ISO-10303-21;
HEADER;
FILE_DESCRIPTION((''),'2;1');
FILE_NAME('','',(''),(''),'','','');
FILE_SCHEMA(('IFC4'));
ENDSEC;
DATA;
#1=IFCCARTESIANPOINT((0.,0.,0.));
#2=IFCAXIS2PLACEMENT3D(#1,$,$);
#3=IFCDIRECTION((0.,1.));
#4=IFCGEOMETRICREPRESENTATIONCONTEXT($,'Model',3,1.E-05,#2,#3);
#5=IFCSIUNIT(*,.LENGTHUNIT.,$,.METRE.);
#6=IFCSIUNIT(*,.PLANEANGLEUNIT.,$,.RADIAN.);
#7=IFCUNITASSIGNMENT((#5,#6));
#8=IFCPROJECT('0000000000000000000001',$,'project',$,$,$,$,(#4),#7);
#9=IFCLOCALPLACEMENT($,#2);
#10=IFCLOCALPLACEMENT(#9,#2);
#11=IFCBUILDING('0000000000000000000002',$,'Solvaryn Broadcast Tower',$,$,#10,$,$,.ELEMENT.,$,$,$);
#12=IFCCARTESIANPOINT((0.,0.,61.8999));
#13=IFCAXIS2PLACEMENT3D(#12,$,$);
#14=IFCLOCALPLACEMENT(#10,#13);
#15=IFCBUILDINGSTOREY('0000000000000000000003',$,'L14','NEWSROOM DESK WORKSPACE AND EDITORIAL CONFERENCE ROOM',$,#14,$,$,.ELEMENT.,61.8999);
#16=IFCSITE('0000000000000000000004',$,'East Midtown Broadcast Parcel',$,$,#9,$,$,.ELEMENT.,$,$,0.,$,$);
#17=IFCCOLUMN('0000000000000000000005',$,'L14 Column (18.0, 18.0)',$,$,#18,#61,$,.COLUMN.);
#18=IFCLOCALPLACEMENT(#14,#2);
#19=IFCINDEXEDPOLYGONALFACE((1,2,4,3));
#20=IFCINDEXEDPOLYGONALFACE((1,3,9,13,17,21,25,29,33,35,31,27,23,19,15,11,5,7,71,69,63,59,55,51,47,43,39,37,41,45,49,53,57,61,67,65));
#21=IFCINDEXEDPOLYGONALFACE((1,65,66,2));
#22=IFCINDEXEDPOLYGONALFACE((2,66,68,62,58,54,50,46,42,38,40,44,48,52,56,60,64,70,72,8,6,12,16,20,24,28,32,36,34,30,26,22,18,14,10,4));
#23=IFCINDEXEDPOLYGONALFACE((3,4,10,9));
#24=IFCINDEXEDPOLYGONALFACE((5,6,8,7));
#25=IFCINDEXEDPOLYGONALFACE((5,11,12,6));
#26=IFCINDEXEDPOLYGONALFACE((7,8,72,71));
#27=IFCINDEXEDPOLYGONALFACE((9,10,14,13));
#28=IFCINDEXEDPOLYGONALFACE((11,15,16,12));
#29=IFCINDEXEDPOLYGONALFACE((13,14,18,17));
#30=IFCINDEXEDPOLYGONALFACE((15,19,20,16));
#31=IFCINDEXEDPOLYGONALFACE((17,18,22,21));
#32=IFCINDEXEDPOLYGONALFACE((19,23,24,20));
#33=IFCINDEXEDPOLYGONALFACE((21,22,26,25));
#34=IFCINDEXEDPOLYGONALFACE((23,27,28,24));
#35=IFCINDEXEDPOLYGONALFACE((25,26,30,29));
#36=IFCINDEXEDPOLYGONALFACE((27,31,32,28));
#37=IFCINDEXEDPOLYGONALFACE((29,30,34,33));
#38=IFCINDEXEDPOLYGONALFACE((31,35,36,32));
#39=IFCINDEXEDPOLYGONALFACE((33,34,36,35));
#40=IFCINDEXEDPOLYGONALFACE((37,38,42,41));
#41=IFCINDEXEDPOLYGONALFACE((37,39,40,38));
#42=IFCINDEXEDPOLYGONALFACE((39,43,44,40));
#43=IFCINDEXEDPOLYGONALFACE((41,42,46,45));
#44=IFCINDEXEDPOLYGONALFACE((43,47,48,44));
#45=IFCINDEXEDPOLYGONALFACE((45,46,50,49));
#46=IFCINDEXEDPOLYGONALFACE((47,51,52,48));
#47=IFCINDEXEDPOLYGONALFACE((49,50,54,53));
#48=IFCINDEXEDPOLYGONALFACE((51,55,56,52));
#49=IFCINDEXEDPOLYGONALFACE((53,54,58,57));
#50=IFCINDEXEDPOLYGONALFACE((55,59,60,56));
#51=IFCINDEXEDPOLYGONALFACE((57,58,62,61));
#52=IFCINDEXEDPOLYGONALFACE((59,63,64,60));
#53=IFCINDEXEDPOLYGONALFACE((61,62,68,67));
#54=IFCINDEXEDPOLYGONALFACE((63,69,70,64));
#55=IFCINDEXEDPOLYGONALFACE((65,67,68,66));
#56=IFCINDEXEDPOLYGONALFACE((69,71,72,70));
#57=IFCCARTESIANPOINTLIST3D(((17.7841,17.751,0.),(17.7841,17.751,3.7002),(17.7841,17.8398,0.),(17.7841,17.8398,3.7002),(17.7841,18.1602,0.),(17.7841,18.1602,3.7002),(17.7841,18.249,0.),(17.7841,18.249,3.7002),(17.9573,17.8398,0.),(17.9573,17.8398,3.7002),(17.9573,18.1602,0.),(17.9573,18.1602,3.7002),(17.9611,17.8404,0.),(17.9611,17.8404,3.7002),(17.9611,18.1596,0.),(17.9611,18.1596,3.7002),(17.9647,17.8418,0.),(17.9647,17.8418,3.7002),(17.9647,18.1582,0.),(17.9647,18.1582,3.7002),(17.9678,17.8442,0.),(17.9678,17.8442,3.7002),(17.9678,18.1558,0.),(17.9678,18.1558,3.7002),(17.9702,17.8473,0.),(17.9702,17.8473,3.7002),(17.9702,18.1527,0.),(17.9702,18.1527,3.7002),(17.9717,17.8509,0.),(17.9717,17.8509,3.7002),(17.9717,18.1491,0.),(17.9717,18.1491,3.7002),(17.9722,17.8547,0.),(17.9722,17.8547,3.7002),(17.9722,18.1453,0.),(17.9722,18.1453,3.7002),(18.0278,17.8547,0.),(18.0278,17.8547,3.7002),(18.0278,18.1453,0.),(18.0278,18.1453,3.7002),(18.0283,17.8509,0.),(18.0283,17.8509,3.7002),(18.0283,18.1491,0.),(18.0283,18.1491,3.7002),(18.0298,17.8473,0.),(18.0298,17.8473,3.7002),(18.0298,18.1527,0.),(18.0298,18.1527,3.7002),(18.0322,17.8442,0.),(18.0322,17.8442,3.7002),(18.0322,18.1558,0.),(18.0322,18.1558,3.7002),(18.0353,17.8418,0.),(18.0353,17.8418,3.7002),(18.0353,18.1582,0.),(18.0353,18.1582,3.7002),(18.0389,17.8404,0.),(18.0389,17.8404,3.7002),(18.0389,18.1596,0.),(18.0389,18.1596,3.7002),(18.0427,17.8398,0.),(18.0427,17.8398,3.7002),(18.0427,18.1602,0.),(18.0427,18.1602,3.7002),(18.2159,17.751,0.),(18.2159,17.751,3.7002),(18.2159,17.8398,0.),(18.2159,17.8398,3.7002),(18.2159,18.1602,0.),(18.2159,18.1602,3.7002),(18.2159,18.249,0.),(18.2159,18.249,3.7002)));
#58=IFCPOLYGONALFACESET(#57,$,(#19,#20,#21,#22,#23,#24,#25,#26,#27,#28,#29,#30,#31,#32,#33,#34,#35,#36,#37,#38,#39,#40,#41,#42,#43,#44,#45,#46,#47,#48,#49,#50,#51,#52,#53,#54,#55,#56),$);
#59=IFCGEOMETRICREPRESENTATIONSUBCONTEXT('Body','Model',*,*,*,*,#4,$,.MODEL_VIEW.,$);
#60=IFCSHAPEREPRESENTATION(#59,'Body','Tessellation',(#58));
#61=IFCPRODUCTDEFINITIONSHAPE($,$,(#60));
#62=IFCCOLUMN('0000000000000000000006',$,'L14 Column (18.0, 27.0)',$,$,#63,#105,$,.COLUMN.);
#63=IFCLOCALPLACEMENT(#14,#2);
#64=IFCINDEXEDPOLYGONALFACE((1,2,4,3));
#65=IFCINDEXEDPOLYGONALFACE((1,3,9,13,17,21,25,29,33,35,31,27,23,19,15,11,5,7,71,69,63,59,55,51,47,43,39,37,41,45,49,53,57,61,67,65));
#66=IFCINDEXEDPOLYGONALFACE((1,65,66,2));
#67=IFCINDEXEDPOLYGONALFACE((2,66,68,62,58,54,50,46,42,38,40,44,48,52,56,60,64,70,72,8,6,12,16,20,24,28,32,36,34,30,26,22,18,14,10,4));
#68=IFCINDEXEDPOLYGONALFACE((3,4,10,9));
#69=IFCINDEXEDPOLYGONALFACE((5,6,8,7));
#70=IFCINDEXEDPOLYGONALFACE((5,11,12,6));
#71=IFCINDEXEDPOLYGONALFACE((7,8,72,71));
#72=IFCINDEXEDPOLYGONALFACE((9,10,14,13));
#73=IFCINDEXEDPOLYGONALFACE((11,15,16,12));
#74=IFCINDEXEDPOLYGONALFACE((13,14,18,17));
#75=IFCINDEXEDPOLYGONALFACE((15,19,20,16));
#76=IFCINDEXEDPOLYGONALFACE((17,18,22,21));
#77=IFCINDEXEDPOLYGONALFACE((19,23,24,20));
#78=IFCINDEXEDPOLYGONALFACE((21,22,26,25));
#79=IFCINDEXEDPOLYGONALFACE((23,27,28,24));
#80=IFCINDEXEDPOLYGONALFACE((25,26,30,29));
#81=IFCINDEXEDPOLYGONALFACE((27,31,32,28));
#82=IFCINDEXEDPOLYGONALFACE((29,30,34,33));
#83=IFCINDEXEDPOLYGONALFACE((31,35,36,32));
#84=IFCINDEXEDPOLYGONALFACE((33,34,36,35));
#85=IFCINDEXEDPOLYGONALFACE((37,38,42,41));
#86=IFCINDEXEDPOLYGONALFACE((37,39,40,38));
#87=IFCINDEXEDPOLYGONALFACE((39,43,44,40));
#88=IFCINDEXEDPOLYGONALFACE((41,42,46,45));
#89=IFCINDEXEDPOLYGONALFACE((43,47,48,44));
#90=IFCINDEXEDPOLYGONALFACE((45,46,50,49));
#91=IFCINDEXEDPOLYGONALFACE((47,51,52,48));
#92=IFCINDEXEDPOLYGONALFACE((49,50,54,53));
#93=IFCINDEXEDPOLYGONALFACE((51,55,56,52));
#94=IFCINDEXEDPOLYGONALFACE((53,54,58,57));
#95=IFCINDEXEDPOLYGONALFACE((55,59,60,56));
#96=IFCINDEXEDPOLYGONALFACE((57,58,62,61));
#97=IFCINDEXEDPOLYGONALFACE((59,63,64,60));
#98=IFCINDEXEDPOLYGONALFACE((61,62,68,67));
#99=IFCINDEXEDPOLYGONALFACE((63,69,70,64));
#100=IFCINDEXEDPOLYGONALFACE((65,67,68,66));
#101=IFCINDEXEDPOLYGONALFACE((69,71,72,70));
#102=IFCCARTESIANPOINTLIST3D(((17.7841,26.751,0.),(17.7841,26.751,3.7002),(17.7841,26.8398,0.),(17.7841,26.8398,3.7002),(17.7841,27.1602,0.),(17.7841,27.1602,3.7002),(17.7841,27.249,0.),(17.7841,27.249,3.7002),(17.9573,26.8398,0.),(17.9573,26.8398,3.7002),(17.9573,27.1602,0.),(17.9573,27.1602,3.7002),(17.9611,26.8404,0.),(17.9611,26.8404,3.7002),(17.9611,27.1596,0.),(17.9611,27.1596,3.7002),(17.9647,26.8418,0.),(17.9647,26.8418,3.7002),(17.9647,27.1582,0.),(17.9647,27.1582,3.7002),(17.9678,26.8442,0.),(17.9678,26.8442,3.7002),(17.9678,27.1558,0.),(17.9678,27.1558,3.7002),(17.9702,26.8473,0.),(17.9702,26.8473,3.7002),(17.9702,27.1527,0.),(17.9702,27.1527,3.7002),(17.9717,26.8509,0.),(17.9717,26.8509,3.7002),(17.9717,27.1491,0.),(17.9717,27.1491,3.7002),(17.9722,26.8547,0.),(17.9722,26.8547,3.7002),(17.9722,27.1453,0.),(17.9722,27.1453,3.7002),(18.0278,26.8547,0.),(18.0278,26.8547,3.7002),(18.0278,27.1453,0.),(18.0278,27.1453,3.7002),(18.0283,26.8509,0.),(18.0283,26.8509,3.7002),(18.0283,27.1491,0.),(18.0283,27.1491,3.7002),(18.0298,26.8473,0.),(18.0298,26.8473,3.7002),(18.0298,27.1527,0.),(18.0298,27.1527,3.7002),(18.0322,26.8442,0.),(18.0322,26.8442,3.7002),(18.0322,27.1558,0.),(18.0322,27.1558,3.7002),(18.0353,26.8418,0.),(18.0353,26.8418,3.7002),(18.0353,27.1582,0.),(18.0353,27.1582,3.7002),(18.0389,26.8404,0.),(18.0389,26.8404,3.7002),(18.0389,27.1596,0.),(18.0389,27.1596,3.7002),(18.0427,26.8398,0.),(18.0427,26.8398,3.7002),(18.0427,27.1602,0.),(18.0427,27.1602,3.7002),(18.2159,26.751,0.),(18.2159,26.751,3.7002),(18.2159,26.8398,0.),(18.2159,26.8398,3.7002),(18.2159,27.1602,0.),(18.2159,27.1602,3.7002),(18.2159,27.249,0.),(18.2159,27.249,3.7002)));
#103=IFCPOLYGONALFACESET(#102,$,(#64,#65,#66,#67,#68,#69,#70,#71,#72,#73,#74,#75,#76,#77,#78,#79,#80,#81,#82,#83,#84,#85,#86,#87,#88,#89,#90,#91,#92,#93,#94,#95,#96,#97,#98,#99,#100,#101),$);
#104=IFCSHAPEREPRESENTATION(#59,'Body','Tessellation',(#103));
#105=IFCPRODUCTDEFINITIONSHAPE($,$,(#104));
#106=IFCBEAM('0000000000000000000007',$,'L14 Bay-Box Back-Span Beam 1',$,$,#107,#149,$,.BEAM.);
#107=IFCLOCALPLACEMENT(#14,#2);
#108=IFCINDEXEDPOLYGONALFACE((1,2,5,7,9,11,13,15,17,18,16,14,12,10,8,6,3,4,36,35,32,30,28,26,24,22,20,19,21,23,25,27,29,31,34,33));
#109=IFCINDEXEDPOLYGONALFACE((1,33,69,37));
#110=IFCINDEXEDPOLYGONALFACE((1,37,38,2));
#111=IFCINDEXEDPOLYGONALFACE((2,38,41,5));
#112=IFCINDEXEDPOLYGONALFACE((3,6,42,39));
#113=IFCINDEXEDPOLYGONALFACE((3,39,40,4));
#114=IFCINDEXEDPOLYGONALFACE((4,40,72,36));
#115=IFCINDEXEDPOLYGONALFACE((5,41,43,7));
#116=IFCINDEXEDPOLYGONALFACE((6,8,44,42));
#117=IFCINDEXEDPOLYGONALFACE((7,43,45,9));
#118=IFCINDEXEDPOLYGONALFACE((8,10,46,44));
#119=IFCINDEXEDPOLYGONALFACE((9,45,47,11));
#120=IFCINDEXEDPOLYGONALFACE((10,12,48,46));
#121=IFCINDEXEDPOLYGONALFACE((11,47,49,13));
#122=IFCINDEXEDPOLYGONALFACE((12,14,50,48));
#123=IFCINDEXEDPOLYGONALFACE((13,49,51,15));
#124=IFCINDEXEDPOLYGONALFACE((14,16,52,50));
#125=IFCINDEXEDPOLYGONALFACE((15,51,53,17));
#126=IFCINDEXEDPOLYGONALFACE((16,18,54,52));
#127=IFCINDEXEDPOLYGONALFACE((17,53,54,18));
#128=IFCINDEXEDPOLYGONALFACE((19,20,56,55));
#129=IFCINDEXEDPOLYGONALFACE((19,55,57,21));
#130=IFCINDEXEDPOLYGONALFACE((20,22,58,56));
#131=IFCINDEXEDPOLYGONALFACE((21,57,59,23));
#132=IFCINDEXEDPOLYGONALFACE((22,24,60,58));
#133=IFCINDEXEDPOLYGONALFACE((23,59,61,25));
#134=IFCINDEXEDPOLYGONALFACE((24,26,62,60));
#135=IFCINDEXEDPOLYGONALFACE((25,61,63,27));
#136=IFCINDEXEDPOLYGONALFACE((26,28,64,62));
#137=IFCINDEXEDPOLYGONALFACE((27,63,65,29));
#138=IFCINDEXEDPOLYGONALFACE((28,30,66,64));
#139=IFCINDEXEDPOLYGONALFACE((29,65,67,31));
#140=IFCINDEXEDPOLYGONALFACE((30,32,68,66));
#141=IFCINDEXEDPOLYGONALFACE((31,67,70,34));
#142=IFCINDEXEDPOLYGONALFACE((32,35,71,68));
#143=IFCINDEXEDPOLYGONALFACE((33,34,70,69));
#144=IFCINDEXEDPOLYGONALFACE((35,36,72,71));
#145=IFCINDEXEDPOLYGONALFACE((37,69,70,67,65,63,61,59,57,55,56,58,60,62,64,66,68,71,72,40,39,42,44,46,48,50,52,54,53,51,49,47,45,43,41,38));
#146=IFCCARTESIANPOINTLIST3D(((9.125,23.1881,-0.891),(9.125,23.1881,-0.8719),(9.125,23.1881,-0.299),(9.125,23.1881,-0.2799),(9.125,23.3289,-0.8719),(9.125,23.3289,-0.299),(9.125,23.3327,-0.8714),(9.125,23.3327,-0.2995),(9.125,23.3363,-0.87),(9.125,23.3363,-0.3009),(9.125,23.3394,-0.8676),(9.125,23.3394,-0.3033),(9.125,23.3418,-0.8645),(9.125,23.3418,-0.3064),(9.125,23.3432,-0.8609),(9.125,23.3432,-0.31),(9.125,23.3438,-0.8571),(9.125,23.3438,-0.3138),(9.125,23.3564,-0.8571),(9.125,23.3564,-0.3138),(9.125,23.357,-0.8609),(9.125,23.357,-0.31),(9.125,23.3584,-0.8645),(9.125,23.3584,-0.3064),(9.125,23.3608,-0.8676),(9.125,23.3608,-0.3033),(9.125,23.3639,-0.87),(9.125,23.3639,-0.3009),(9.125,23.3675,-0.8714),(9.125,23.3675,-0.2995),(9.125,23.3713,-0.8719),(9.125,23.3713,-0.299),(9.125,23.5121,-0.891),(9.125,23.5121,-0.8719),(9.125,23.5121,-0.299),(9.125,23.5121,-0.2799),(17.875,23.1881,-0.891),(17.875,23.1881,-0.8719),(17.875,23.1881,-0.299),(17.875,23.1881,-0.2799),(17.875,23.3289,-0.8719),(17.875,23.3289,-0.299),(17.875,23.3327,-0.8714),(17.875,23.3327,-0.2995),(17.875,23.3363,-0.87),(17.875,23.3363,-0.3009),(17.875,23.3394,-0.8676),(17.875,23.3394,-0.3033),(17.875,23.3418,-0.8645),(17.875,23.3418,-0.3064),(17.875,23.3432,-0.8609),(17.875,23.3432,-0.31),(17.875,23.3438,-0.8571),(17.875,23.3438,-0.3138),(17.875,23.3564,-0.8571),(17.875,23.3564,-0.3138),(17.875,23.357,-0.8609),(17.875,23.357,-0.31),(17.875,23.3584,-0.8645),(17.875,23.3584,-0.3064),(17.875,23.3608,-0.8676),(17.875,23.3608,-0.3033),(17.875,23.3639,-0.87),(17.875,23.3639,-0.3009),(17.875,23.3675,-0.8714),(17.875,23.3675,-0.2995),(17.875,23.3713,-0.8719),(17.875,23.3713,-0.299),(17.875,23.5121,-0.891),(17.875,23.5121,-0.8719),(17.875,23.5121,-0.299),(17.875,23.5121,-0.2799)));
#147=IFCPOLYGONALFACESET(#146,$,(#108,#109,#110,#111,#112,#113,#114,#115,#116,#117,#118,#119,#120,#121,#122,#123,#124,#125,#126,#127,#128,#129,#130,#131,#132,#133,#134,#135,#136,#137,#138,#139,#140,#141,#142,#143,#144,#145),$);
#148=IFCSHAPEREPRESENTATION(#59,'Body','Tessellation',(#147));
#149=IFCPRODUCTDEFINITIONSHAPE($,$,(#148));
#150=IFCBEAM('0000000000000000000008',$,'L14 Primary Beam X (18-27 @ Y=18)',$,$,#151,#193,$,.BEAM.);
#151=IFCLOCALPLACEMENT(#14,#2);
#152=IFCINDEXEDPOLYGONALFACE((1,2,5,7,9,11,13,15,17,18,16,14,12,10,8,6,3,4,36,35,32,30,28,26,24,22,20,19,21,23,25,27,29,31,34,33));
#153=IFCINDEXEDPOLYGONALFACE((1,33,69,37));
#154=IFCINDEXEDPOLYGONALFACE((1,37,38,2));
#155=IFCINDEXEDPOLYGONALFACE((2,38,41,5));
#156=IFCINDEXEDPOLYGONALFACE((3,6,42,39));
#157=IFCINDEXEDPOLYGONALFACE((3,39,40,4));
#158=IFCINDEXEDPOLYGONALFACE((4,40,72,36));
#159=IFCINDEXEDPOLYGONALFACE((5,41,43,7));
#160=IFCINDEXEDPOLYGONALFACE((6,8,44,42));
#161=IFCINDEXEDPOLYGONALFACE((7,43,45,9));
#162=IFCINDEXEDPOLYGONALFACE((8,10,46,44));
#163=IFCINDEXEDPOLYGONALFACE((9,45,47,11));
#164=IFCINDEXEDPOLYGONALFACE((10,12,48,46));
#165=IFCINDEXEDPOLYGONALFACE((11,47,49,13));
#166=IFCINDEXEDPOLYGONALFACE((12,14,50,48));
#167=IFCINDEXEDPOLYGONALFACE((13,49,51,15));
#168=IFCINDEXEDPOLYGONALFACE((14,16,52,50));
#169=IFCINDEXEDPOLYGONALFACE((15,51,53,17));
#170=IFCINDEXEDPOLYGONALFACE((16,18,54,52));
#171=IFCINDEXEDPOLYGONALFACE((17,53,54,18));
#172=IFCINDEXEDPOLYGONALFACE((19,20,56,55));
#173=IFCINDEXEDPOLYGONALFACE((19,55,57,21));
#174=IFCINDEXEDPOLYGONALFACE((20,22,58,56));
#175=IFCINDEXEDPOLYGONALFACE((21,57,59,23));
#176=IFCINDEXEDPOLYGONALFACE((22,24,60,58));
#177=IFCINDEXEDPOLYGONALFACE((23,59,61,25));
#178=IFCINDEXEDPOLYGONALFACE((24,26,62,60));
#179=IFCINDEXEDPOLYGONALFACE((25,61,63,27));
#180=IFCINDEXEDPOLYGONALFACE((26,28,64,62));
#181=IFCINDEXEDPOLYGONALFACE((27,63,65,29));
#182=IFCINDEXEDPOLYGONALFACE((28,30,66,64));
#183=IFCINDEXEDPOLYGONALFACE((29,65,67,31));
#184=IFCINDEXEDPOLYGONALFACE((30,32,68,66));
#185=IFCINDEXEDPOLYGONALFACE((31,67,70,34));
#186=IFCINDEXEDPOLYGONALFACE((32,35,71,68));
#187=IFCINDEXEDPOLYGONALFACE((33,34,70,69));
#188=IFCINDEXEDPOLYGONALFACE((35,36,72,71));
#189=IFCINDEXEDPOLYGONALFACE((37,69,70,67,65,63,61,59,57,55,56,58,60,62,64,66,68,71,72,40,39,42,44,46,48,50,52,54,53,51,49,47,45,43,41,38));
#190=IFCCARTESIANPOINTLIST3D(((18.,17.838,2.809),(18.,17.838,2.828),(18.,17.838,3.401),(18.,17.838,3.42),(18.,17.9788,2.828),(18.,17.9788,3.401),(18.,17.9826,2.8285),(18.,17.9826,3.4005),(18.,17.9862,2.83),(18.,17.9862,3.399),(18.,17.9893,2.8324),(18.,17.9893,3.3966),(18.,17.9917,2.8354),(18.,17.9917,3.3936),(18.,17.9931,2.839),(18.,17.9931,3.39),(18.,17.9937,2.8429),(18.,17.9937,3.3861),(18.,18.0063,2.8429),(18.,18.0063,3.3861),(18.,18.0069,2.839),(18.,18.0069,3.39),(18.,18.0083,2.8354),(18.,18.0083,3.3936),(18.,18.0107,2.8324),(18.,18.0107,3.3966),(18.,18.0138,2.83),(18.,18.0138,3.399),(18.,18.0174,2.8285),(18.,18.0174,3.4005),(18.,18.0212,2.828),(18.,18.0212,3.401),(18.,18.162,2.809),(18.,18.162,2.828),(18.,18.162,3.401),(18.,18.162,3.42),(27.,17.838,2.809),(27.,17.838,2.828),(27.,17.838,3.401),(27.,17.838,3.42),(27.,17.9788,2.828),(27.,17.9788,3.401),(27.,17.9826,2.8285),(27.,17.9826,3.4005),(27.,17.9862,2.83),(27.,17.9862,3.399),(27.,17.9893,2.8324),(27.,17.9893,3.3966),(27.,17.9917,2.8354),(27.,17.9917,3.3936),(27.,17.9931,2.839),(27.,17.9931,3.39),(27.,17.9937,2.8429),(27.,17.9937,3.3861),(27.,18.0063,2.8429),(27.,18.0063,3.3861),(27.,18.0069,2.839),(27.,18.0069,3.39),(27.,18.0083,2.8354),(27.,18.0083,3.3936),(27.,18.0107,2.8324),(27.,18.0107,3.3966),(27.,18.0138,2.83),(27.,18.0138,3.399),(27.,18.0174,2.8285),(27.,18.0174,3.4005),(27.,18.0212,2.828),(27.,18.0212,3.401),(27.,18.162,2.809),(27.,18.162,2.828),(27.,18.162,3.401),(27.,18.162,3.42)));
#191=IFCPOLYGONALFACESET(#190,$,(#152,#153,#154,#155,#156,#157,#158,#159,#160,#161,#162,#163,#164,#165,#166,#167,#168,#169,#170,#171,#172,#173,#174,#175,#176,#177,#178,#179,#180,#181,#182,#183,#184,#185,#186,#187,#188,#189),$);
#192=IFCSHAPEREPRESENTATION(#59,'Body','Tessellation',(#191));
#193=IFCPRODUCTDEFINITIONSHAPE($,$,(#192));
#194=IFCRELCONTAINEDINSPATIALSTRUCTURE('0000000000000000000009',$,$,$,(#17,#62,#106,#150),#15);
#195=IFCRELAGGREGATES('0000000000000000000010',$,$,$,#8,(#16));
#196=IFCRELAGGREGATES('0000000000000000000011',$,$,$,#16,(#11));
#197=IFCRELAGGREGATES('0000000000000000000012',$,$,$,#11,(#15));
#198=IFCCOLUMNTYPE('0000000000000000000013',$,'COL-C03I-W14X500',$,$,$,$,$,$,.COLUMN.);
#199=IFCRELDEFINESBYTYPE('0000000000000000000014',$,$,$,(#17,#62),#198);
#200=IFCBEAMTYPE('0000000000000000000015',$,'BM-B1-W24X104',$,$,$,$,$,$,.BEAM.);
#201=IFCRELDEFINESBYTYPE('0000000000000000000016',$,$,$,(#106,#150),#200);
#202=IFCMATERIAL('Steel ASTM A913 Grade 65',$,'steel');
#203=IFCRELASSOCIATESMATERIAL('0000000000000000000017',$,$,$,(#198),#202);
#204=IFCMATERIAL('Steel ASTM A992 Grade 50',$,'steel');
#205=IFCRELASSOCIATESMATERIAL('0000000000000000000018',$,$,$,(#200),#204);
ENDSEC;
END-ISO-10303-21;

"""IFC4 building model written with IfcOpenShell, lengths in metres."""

from ifc_helpers import new_model, si_unit, direction, frame, origin, origin_2d, place, context, subcontext, project, spatial, i_section, extrude, material, material_profile, profile_set, type_object, element, save


model = new_model("IFC4")

# Units and contexts
model_context = context("Model", 3, precision=1e-05, world=origin(), true_north=direction((0.0, 1.0)))
body_context = subcontext(model_context, "Body", "Model", "MODEL_VIEW")
ifc_project = project(units=[si_unit("LENGTHUNIT", "METRE"), si_unit("PLANEANGLEUNIT", "RADIAN")], contexts=[model_context])

# Site, building, storey
site_placement = place(None, origin())
site = spatial("IfcSite", under=ifc_project, at=site_placement, Name="East Midtown Broadcast Parcel", CompositionType="ELEMENT", RefElevation=0.0)
building_placement = place(site_placement, origin())
building = spatial("IfcBuilding", under=site, at=building_placement, Name="Solvaryn Broadcast Tower", CompositionType="ELEMENT")
storey_placement = place(building_placement, frame((0.0, 0.0, 61.8999)))
storey = spatial("IfcBuildingStorey", under=building, at=storey_placement, Name="L14", Description="NEWSROOM DESK WORKSPACE AND EDITORIAL CONFERENCE ROOM", CompositionType="ELEMENT", Elevation=61.8999)

# Columns
ifc_material_1 = material(Name="Steel ASTM A913 Grade 65", Category="steel")
ifc_material_profile_1 = material_profile(ifc_material_1, i_section(OverallWidth=0.4319, OverallDepth=0.498, WebThickness=0.0557, FlangeThickness=0.0889, FilletRadius=0.0149, at=origin_2d()))
ifc_profile_set_1 = profile_set([ifc_material_profile_1], Name="Steel ASTM A913 Grade 65")
column_type = type_object("IfcColumnType", Name="COL-C03I-W14X500", PredefinedType="COLUMN", material=ifc_profile_set_1)
for number, where, z_axis, x_axis, name in (
    (1, (18.0, 18.0, 0.0), (0.0, 0.0, 1.0), (1.0, 0.0, 0.0), "L14 Column (18.0, 18.0)"),
    (2, (18.0, 27.0, 0.0), (0.0, 0.0, 1.0), (1.0, 0.0, 0.0), "L14 Column (18.0, 27.0)"),
):
    element("IfcColumn", number, at=place(storey_placement, frame(where, z_axis=z_axis, x_axis=x_axis)), inside=storey, type_object=column_type, Name=name, PredefinedType="COLUMN", context=body_context, shape_type="SweptSolid", body=[
        extrude(i_section(OverallWidth=0.4319, OverallDepth=0.498, WebThickness=0.0557, FlangeThickness=0.0889, FilletRadius=0.0149, at=origin_2d()), origin(), (0.0, 0.0, 1.0), 3.7002),
    ])

# Beams
ifc_material_2 = material(Name="Steel ASTM A992 Grade 50", Category="steel")
ifc_material_profile_2 = material_profile(ifc_material_2, i_section(OverallWidth=0.324, OverallDepth=0.6111, WebThickness=0.0127, FlangeThickness=0.019, FilletRadius=0.0149, at=origin_2d()))
ifc_profile_set_2 = profile_set([ifc_material_profile_2], Name="Steel ASTM A992 Grade 50")
beam_type_1 = type_object("IfcBeamType", Name="BM-B1-W24X104", PredefinedType="BEAM", material=ifc_profile_set_2)
beam_1_placement = place(storey_placement, frame((17.875, 23.3501, -0.5854), z_axis=(-1.0, 0.0, 0.0), x_axis=(0.0, -1.0, 0.0)))
element("IfcBeam", 3, at=beam_1_placement, inside=storey, type_object=beam_type_1, Name="L14 Bay-Box Back-Span Beam 1", PredefinedType="BEAM", context=body_context, shape_type="SweptSolid", body=[
    extrude(i_section(OverallWidth=0.324, OverallDepth=0.6111, WebThickness=0.0127, FlangeThickness=0.019, FilletRadius=0.0149, at=origin_2d()), origin(), (0.0, 0.0, 1.0), 8.75),
])
for number, where, z_axis, x_axis, name in (
    (4, (18.0, 18.0, 3.1145), (1.0, 0.0, 0.0), (0.0, 1.0, 0.0), "L14 Primary Beam X (18-27 @ Y=18)"),
):
    element("IfcBeam", number, at=place(storey_placement, frame(where, z_axis=z_axis, x_axis=x_axis)), inside=storey, type_object=beam_type_1, Name=name, PredefinedType="BEAM", context=body_context, shape_type="SweptSolid", body=[
        extrude(i_section(OverallWidth=0.324, OverallDepth=0.6111, WebThickness=0.0127, FlangeThickness=0.019, FilletRadius=0.0149, at=origin_2d()), origin(), (0.0, 0.0, 1.0), 9.0),
    ])

save(model, "model.ifc")
